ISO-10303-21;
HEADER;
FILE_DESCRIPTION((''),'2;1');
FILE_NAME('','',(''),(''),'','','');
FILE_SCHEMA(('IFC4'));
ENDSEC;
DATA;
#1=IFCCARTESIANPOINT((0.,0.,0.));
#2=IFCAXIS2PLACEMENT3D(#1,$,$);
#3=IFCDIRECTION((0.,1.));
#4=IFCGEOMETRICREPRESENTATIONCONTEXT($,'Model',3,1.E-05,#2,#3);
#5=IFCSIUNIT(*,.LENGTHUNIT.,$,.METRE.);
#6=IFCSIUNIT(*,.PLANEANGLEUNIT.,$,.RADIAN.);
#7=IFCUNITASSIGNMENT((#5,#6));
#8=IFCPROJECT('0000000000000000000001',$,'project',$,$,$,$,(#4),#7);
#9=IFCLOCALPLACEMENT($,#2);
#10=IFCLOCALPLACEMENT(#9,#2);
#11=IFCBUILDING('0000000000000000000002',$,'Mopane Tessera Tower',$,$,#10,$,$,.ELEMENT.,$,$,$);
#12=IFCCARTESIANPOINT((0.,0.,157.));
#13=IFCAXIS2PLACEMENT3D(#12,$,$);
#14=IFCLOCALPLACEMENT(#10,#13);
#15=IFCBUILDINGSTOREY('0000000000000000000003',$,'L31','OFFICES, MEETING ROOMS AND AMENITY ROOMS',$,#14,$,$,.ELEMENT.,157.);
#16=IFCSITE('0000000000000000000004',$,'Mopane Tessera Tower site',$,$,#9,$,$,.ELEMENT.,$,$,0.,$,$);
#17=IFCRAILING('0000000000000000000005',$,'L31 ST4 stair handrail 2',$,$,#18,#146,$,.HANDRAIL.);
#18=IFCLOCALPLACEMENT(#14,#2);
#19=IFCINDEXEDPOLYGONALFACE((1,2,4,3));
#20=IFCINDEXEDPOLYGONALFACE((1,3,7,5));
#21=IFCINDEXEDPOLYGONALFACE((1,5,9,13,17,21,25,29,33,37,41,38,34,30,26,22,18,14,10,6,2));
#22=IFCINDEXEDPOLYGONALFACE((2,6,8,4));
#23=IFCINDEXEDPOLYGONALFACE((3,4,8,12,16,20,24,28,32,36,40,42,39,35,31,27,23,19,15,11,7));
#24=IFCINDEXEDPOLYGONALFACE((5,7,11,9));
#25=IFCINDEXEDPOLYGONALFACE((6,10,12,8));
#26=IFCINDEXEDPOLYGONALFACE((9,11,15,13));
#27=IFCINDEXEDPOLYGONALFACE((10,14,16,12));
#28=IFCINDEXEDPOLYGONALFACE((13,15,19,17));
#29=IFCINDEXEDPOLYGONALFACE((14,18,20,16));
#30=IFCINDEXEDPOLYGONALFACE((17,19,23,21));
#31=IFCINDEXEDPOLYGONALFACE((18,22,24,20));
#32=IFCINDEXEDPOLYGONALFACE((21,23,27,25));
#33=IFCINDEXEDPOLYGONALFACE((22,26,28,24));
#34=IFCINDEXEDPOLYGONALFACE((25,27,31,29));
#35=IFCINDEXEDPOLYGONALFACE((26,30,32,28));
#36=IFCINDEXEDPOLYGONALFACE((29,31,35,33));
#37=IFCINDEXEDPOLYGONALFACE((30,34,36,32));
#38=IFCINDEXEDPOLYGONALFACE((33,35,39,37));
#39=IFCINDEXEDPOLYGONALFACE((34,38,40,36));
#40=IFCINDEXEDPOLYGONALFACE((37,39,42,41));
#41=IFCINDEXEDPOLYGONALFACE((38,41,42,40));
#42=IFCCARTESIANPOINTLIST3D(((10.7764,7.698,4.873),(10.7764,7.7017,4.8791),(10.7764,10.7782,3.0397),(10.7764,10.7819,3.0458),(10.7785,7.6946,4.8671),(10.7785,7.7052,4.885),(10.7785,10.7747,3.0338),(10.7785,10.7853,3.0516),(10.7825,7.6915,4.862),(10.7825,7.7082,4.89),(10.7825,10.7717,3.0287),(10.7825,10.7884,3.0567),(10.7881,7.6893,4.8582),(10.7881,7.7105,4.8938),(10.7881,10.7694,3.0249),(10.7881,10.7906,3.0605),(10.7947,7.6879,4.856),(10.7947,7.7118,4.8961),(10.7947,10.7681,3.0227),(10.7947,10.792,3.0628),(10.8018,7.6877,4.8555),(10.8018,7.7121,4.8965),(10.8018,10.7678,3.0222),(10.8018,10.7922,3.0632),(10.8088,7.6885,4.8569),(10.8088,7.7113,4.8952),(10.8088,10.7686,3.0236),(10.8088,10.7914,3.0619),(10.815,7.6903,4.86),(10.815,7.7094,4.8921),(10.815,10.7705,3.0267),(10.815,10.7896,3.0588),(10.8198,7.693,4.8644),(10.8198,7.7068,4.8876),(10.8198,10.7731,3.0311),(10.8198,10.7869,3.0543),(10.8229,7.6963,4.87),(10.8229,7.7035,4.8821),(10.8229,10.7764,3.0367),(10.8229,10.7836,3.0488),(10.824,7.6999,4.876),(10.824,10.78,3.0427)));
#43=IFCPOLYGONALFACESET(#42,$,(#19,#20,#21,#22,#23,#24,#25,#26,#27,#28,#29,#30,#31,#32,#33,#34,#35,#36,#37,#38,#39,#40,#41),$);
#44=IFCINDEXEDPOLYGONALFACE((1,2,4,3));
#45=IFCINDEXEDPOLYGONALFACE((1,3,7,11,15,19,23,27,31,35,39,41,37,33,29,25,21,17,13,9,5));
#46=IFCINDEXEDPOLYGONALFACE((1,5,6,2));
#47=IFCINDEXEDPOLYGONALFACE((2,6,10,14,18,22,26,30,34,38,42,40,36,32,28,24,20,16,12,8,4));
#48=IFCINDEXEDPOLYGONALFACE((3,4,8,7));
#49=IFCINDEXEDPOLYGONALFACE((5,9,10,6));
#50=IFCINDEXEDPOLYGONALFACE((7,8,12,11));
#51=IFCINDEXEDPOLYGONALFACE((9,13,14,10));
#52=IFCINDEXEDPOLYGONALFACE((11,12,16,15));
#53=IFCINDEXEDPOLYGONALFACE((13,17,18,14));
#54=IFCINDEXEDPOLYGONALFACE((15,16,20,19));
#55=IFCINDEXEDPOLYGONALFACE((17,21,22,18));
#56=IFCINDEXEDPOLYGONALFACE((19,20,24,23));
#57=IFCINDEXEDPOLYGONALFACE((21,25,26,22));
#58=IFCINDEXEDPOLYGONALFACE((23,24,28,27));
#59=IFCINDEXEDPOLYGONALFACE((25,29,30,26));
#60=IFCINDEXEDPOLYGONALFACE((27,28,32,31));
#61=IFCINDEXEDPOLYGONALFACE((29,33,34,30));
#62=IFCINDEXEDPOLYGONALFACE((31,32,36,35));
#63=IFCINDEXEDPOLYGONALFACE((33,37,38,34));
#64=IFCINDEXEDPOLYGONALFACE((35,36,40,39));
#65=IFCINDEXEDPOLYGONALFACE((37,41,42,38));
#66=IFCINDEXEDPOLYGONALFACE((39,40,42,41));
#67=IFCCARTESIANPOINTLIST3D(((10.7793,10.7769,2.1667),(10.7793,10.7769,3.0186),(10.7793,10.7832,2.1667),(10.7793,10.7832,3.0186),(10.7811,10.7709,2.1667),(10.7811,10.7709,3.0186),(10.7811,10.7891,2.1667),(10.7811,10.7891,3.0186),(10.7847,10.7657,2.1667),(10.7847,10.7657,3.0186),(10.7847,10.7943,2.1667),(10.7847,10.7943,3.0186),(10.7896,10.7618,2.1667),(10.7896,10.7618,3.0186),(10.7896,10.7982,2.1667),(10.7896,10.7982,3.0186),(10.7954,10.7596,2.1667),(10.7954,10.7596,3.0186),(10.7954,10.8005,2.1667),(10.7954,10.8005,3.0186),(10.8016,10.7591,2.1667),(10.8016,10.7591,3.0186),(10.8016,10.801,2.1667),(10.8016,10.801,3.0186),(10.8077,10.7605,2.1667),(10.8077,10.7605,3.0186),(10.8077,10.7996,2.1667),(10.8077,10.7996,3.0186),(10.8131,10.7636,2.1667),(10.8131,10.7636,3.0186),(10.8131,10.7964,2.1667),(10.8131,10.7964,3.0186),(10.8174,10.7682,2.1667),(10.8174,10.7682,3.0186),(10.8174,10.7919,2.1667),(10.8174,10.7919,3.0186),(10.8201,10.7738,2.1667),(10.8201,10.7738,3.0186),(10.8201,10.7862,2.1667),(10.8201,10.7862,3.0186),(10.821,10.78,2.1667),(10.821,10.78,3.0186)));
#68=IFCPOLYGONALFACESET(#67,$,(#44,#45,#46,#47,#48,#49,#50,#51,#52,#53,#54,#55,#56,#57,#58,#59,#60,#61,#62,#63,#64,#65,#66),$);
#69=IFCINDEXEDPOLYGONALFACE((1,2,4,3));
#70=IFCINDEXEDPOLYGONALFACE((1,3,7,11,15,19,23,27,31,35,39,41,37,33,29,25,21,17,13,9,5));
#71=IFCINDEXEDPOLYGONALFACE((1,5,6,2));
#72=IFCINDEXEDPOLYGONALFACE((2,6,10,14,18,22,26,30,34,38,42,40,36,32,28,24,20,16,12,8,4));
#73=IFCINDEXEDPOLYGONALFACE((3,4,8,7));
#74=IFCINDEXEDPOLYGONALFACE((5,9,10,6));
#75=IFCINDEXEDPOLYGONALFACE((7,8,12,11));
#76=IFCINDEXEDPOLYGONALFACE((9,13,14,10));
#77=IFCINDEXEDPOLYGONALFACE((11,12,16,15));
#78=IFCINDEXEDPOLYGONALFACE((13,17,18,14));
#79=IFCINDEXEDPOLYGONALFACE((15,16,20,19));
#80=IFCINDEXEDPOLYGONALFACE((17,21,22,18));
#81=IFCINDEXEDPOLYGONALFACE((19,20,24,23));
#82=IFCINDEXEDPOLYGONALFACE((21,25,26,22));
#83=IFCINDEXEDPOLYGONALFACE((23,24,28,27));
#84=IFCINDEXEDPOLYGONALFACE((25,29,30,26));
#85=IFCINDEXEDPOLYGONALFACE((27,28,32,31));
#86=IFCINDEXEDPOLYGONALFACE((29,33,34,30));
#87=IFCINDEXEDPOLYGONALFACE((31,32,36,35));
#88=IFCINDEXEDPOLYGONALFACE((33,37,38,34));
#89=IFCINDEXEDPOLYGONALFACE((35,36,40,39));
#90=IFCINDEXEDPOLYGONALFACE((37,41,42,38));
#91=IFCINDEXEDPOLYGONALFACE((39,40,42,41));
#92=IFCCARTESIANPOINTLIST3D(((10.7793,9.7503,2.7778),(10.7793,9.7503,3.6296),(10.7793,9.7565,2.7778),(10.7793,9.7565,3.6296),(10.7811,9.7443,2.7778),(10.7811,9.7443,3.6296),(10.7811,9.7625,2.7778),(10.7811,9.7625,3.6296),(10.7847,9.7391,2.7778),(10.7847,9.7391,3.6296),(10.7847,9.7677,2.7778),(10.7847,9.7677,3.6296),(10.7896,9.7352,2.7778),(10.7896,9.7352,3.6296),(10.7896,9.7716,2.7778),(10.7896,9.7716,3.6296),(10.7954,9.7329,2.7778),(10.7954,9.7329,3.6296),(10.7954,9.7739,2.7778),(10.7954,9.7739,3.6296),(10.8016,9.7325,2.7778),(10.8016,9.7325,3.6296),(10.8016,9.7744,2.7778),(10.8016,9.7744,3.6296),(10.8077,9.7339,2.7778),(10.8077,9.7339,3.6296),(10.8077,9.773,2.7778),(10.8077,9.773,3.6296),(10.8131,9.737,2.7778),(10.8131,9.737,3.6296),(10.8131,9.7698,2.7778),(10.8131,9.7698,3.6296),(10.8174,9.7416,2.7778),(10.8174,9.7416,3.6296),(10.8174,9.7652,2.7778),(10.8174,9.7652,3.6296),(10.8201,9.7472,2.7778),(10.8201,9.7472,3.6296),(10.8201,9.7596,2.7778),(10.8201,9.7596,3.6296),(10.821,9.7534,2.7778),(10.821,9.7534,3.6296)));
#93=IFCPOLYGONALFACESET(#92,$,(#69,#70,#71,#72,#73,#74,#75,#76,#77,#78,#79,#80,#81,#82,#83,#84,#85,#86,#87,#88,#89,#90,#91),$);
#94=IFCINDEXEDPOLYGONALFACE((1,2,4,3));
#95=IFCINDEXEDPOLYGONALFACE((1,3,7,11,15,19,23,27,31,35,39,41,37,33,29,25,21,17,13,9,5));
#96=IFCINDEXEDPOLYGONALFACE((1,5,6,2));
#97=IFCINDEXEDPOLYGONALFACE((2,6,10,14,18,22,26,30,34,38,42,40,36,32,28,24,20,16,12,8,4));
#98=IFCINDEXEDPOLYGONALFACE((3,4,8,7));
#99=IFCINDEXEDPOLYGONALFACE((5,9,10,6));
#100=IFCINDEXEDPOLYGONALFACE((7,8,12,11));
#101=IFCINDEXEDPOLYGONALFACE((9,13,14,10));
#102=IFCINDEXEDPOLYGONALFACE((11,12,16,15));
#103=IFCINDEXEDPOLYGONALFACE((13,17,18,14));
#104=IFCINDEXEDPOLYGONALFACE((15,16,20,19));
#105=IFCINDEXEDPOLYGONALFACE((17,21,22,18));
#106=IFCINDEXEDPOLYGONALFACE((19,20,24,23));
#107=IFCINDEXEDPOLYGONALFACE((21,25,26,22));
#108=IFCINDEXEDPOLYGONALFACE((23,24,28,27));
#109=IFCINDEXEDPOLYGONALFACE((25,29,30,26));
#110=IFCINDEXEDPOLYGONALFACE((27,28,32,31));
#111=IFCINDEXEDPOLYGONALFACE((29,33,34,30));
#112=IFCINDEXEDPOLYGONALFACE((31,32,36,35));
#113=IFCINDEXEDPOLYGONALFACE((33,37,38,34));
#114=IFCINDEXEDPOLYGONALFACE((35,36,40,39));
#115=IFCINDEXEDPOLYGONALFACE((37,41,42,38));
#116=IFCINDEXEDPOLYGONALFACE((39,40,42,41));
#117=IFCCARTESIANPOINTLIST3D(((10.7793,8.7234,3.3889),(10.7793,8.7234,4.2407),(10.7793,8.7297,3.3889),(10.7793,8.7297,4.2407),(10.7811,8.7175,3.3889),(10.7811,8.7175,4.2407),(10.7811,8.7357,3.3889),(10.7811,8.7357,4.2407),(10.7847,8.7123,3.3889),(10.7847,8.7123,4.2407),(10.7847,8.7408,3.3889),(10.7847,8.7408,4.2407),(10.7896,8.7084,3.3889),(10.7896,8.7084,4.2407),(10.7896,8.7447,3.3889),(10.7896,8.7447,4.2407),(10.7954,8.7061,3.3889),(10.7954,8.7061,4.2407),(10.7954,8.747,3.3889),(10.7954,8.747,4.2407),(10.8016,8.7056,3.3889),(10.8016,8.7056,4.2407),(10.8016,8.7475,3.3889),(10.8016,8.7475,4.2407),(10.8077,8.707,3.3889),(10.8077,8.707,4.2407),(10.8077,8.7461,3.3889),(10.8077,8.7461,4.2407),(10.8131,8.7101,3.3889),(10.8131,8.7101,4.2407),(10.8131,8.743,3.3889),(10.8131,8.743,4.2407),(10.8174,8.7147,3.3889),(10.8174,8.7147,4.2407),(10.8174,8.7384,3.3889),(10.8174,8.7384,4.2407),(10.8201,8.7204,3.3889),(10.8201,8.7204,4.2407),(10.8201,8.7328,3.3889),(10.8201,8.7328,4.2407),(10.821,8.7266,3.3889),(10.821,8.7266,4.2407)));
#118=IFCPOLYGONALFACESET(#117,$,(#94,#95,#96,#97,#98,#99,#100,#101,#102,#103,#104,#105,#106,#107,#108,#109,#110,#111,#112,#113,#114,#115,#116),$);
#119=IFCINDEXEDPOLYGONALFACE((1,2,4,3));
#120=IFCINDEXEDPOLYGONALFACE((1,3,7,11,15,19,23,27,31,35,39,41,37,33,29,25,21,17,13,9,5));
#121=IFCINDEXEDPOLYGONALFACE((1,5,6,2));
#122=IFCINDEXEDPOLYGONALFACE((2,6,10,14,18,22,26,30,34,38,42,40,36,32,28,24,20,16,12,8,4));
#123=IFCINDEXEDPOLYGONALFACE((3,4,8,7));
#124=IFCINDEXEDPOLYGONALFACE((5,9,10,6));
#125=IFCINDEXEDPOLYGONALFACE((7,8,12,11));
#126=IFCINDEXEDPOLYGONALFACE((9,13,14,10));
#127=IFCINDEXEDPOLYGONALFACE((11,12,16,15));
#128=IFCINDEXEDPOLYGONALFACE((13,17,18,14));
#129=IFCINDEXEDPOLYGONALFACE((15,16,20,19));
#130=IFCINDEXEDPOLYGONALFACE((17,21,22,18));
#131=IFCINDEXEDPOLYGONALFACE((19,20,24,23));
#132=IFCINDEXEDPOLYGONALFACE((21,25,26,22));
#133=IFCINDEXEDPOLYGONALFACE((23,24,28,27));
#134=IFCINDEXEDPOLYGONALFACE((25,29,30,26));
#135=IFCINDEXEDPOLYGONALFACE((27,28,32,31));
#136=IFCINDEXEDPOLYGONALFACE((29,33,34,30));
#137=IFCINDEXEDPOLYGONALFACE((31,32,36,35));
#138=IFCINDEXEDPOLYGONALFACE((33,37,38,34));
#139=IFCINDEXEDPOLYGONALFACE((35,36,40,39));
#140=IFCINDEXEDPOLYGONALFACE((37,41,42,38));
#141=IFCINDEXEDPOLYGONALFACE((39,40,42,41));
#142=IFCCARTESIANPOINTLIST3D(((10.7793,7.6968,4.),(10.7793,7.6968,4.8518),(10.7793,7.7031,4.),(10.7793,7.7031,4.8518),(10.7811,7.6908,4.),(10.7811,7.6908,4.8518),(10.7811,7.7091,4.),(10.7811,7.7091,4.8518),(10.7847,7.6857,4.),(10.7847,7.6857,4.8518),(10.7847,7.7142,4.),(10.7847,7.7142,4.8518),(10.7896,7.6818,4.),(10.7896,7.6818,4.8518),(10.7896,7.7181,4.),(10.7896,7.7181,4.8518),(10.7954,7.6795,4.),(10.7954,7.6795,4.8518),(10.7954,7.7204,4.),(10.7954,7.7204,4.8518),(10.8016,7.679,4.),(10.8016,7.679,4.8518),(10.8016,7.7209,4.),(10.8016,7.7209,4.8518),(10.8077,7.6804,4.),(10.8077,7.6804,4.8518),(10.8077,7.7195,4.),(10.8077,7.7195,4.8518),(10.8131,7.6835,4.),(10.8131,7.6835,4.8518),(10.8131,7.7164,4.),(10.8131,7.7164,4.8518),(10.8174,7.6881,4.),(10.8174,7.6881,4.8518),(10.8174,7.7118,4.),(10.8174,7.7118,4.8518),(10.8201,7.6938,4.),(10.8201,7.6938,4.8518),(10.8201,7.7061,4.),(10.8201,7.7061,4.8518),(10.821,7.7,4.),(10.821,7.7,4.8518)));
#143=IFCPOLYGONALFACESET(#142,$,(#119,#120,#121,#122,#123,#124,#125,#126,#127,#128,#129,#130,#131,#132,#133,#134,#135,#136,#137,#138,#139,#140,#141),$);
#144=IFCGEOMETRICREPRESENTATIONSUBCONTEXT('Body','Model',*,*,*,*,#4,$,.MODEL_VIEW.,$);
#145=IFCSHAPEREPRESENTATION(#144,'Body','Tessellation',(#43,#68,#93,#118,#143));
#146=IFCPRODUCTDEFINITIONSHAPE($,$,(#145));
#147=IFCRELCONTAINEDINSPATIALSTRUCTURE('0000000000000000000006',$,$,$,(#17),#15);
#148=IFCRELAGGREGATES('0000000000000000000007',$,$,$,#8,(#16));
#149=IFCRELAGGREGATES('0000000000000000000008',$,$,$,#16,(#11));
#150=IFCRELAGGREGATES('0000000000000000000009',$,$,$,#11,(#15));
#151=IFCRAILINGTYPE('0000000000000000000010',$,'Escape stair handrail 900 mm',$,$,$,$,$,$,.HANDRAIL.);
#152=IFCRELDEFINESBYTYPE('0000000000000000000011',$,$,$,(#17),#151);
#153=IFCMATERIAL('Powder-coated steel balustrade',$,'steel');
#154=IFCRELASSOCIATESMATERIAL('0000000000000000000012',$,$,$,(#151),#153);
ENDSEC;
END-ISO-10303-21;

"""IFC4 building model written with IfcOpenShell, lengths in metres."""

from ifc_helpers import new_model, si_unit, direction, frame, origin, origin_2d, place, context, subcontext, project, spatial, circle, extrude, material, type_object, element, save


model = new_model("IFC4")

# Units and contexts
model_context = context("Model", 3, precision=1e-05, world=origin(), true_north=direction((0.0, 1.0)))
body_context = subcontext(model_context, "Body", "Model", "MODEL_VIEW")
ifc_project = project(units=[si_unit("LENGTHUNIT", "METRE"), si_unit("PLANEANGLEUNIT", "RADIAN")], contexts=[model_context])

# Site, building, storey
site_placement = place(None, origin())
site = spatial("IfcSite", under=ifc_project, at=site_placement, Name="Mopane Tessera Tower site", CompositionType="ELEMENT", RefElevation=0.0)
building_placement = place(site_placement, origin())
building = spatial("IfcBuilding", under=site, at=building_placement, Name="Mopane Tessera Tower", CompositionType="ELEMENT")
storey_placement = place(building_placement, frame((0.0, 0.0, 157.0)))
storey = spatial("IfcBuildingStorey", under=building, at=storey_placement, Name="L31", Description="OFFICES, MEETING ROOMS AND AMENITY ROOMS", CompositionType="ELEMENT", Elevation=157.0)

# Railing
ifc_material_1 = material(Name="Powder-coated steel balustrade", Category="steel")
railing_type_1 = type_object("IfcRailingType", Name="Escape stair handrail 900 mm", PredefinedType="HANDRAIL", material=ifc_material_1)
railing_1_placement = place(storey_placement, frame((10.8, 10.78, 2.1667)))
element("IfcRailing", 1, at=railing_1_placement, inside=storey, type_object=railing_type_1, Name="L31 ST4 stair handrail 2", PredefinedType="HANDRAIL", context=body_context, shape_type="SweptSolid", body=[
    extrude(circle(Radius=0.0239, at=origin_2d()), frame((0.0, 0.0, 0.876), z_axis=(0.0, -0.859309, 0.511458), x_axis=(1.0, 0.0, 0.0)), (0.0, 0.0, 1.0), 3.5845),
    extrude(circle(Radius=0.021, at=origin_2d()), origin(), (0.0, 0.0, 1.0), 0.8518),
    extrude(circle(Radius=0.021, at=origin_2d()), frame((0.0, -1.0266, 0.6111)), (0.0, 0.0, 1.0), 0.8518),
    extrude(circle(Radius=0.021, at=origin_2d()), frame((0.0, -2.0535, 1.2222)), (0.0, 0.0, 1.0), 0.8518),
    extrude(circle(Radius=0.021, at=origin_2d()), frame((0.0, -3.0801, 1.8333)), (0.0, 0.0, 1.0), 0.8518),
])

save(model, "model.ifc")
